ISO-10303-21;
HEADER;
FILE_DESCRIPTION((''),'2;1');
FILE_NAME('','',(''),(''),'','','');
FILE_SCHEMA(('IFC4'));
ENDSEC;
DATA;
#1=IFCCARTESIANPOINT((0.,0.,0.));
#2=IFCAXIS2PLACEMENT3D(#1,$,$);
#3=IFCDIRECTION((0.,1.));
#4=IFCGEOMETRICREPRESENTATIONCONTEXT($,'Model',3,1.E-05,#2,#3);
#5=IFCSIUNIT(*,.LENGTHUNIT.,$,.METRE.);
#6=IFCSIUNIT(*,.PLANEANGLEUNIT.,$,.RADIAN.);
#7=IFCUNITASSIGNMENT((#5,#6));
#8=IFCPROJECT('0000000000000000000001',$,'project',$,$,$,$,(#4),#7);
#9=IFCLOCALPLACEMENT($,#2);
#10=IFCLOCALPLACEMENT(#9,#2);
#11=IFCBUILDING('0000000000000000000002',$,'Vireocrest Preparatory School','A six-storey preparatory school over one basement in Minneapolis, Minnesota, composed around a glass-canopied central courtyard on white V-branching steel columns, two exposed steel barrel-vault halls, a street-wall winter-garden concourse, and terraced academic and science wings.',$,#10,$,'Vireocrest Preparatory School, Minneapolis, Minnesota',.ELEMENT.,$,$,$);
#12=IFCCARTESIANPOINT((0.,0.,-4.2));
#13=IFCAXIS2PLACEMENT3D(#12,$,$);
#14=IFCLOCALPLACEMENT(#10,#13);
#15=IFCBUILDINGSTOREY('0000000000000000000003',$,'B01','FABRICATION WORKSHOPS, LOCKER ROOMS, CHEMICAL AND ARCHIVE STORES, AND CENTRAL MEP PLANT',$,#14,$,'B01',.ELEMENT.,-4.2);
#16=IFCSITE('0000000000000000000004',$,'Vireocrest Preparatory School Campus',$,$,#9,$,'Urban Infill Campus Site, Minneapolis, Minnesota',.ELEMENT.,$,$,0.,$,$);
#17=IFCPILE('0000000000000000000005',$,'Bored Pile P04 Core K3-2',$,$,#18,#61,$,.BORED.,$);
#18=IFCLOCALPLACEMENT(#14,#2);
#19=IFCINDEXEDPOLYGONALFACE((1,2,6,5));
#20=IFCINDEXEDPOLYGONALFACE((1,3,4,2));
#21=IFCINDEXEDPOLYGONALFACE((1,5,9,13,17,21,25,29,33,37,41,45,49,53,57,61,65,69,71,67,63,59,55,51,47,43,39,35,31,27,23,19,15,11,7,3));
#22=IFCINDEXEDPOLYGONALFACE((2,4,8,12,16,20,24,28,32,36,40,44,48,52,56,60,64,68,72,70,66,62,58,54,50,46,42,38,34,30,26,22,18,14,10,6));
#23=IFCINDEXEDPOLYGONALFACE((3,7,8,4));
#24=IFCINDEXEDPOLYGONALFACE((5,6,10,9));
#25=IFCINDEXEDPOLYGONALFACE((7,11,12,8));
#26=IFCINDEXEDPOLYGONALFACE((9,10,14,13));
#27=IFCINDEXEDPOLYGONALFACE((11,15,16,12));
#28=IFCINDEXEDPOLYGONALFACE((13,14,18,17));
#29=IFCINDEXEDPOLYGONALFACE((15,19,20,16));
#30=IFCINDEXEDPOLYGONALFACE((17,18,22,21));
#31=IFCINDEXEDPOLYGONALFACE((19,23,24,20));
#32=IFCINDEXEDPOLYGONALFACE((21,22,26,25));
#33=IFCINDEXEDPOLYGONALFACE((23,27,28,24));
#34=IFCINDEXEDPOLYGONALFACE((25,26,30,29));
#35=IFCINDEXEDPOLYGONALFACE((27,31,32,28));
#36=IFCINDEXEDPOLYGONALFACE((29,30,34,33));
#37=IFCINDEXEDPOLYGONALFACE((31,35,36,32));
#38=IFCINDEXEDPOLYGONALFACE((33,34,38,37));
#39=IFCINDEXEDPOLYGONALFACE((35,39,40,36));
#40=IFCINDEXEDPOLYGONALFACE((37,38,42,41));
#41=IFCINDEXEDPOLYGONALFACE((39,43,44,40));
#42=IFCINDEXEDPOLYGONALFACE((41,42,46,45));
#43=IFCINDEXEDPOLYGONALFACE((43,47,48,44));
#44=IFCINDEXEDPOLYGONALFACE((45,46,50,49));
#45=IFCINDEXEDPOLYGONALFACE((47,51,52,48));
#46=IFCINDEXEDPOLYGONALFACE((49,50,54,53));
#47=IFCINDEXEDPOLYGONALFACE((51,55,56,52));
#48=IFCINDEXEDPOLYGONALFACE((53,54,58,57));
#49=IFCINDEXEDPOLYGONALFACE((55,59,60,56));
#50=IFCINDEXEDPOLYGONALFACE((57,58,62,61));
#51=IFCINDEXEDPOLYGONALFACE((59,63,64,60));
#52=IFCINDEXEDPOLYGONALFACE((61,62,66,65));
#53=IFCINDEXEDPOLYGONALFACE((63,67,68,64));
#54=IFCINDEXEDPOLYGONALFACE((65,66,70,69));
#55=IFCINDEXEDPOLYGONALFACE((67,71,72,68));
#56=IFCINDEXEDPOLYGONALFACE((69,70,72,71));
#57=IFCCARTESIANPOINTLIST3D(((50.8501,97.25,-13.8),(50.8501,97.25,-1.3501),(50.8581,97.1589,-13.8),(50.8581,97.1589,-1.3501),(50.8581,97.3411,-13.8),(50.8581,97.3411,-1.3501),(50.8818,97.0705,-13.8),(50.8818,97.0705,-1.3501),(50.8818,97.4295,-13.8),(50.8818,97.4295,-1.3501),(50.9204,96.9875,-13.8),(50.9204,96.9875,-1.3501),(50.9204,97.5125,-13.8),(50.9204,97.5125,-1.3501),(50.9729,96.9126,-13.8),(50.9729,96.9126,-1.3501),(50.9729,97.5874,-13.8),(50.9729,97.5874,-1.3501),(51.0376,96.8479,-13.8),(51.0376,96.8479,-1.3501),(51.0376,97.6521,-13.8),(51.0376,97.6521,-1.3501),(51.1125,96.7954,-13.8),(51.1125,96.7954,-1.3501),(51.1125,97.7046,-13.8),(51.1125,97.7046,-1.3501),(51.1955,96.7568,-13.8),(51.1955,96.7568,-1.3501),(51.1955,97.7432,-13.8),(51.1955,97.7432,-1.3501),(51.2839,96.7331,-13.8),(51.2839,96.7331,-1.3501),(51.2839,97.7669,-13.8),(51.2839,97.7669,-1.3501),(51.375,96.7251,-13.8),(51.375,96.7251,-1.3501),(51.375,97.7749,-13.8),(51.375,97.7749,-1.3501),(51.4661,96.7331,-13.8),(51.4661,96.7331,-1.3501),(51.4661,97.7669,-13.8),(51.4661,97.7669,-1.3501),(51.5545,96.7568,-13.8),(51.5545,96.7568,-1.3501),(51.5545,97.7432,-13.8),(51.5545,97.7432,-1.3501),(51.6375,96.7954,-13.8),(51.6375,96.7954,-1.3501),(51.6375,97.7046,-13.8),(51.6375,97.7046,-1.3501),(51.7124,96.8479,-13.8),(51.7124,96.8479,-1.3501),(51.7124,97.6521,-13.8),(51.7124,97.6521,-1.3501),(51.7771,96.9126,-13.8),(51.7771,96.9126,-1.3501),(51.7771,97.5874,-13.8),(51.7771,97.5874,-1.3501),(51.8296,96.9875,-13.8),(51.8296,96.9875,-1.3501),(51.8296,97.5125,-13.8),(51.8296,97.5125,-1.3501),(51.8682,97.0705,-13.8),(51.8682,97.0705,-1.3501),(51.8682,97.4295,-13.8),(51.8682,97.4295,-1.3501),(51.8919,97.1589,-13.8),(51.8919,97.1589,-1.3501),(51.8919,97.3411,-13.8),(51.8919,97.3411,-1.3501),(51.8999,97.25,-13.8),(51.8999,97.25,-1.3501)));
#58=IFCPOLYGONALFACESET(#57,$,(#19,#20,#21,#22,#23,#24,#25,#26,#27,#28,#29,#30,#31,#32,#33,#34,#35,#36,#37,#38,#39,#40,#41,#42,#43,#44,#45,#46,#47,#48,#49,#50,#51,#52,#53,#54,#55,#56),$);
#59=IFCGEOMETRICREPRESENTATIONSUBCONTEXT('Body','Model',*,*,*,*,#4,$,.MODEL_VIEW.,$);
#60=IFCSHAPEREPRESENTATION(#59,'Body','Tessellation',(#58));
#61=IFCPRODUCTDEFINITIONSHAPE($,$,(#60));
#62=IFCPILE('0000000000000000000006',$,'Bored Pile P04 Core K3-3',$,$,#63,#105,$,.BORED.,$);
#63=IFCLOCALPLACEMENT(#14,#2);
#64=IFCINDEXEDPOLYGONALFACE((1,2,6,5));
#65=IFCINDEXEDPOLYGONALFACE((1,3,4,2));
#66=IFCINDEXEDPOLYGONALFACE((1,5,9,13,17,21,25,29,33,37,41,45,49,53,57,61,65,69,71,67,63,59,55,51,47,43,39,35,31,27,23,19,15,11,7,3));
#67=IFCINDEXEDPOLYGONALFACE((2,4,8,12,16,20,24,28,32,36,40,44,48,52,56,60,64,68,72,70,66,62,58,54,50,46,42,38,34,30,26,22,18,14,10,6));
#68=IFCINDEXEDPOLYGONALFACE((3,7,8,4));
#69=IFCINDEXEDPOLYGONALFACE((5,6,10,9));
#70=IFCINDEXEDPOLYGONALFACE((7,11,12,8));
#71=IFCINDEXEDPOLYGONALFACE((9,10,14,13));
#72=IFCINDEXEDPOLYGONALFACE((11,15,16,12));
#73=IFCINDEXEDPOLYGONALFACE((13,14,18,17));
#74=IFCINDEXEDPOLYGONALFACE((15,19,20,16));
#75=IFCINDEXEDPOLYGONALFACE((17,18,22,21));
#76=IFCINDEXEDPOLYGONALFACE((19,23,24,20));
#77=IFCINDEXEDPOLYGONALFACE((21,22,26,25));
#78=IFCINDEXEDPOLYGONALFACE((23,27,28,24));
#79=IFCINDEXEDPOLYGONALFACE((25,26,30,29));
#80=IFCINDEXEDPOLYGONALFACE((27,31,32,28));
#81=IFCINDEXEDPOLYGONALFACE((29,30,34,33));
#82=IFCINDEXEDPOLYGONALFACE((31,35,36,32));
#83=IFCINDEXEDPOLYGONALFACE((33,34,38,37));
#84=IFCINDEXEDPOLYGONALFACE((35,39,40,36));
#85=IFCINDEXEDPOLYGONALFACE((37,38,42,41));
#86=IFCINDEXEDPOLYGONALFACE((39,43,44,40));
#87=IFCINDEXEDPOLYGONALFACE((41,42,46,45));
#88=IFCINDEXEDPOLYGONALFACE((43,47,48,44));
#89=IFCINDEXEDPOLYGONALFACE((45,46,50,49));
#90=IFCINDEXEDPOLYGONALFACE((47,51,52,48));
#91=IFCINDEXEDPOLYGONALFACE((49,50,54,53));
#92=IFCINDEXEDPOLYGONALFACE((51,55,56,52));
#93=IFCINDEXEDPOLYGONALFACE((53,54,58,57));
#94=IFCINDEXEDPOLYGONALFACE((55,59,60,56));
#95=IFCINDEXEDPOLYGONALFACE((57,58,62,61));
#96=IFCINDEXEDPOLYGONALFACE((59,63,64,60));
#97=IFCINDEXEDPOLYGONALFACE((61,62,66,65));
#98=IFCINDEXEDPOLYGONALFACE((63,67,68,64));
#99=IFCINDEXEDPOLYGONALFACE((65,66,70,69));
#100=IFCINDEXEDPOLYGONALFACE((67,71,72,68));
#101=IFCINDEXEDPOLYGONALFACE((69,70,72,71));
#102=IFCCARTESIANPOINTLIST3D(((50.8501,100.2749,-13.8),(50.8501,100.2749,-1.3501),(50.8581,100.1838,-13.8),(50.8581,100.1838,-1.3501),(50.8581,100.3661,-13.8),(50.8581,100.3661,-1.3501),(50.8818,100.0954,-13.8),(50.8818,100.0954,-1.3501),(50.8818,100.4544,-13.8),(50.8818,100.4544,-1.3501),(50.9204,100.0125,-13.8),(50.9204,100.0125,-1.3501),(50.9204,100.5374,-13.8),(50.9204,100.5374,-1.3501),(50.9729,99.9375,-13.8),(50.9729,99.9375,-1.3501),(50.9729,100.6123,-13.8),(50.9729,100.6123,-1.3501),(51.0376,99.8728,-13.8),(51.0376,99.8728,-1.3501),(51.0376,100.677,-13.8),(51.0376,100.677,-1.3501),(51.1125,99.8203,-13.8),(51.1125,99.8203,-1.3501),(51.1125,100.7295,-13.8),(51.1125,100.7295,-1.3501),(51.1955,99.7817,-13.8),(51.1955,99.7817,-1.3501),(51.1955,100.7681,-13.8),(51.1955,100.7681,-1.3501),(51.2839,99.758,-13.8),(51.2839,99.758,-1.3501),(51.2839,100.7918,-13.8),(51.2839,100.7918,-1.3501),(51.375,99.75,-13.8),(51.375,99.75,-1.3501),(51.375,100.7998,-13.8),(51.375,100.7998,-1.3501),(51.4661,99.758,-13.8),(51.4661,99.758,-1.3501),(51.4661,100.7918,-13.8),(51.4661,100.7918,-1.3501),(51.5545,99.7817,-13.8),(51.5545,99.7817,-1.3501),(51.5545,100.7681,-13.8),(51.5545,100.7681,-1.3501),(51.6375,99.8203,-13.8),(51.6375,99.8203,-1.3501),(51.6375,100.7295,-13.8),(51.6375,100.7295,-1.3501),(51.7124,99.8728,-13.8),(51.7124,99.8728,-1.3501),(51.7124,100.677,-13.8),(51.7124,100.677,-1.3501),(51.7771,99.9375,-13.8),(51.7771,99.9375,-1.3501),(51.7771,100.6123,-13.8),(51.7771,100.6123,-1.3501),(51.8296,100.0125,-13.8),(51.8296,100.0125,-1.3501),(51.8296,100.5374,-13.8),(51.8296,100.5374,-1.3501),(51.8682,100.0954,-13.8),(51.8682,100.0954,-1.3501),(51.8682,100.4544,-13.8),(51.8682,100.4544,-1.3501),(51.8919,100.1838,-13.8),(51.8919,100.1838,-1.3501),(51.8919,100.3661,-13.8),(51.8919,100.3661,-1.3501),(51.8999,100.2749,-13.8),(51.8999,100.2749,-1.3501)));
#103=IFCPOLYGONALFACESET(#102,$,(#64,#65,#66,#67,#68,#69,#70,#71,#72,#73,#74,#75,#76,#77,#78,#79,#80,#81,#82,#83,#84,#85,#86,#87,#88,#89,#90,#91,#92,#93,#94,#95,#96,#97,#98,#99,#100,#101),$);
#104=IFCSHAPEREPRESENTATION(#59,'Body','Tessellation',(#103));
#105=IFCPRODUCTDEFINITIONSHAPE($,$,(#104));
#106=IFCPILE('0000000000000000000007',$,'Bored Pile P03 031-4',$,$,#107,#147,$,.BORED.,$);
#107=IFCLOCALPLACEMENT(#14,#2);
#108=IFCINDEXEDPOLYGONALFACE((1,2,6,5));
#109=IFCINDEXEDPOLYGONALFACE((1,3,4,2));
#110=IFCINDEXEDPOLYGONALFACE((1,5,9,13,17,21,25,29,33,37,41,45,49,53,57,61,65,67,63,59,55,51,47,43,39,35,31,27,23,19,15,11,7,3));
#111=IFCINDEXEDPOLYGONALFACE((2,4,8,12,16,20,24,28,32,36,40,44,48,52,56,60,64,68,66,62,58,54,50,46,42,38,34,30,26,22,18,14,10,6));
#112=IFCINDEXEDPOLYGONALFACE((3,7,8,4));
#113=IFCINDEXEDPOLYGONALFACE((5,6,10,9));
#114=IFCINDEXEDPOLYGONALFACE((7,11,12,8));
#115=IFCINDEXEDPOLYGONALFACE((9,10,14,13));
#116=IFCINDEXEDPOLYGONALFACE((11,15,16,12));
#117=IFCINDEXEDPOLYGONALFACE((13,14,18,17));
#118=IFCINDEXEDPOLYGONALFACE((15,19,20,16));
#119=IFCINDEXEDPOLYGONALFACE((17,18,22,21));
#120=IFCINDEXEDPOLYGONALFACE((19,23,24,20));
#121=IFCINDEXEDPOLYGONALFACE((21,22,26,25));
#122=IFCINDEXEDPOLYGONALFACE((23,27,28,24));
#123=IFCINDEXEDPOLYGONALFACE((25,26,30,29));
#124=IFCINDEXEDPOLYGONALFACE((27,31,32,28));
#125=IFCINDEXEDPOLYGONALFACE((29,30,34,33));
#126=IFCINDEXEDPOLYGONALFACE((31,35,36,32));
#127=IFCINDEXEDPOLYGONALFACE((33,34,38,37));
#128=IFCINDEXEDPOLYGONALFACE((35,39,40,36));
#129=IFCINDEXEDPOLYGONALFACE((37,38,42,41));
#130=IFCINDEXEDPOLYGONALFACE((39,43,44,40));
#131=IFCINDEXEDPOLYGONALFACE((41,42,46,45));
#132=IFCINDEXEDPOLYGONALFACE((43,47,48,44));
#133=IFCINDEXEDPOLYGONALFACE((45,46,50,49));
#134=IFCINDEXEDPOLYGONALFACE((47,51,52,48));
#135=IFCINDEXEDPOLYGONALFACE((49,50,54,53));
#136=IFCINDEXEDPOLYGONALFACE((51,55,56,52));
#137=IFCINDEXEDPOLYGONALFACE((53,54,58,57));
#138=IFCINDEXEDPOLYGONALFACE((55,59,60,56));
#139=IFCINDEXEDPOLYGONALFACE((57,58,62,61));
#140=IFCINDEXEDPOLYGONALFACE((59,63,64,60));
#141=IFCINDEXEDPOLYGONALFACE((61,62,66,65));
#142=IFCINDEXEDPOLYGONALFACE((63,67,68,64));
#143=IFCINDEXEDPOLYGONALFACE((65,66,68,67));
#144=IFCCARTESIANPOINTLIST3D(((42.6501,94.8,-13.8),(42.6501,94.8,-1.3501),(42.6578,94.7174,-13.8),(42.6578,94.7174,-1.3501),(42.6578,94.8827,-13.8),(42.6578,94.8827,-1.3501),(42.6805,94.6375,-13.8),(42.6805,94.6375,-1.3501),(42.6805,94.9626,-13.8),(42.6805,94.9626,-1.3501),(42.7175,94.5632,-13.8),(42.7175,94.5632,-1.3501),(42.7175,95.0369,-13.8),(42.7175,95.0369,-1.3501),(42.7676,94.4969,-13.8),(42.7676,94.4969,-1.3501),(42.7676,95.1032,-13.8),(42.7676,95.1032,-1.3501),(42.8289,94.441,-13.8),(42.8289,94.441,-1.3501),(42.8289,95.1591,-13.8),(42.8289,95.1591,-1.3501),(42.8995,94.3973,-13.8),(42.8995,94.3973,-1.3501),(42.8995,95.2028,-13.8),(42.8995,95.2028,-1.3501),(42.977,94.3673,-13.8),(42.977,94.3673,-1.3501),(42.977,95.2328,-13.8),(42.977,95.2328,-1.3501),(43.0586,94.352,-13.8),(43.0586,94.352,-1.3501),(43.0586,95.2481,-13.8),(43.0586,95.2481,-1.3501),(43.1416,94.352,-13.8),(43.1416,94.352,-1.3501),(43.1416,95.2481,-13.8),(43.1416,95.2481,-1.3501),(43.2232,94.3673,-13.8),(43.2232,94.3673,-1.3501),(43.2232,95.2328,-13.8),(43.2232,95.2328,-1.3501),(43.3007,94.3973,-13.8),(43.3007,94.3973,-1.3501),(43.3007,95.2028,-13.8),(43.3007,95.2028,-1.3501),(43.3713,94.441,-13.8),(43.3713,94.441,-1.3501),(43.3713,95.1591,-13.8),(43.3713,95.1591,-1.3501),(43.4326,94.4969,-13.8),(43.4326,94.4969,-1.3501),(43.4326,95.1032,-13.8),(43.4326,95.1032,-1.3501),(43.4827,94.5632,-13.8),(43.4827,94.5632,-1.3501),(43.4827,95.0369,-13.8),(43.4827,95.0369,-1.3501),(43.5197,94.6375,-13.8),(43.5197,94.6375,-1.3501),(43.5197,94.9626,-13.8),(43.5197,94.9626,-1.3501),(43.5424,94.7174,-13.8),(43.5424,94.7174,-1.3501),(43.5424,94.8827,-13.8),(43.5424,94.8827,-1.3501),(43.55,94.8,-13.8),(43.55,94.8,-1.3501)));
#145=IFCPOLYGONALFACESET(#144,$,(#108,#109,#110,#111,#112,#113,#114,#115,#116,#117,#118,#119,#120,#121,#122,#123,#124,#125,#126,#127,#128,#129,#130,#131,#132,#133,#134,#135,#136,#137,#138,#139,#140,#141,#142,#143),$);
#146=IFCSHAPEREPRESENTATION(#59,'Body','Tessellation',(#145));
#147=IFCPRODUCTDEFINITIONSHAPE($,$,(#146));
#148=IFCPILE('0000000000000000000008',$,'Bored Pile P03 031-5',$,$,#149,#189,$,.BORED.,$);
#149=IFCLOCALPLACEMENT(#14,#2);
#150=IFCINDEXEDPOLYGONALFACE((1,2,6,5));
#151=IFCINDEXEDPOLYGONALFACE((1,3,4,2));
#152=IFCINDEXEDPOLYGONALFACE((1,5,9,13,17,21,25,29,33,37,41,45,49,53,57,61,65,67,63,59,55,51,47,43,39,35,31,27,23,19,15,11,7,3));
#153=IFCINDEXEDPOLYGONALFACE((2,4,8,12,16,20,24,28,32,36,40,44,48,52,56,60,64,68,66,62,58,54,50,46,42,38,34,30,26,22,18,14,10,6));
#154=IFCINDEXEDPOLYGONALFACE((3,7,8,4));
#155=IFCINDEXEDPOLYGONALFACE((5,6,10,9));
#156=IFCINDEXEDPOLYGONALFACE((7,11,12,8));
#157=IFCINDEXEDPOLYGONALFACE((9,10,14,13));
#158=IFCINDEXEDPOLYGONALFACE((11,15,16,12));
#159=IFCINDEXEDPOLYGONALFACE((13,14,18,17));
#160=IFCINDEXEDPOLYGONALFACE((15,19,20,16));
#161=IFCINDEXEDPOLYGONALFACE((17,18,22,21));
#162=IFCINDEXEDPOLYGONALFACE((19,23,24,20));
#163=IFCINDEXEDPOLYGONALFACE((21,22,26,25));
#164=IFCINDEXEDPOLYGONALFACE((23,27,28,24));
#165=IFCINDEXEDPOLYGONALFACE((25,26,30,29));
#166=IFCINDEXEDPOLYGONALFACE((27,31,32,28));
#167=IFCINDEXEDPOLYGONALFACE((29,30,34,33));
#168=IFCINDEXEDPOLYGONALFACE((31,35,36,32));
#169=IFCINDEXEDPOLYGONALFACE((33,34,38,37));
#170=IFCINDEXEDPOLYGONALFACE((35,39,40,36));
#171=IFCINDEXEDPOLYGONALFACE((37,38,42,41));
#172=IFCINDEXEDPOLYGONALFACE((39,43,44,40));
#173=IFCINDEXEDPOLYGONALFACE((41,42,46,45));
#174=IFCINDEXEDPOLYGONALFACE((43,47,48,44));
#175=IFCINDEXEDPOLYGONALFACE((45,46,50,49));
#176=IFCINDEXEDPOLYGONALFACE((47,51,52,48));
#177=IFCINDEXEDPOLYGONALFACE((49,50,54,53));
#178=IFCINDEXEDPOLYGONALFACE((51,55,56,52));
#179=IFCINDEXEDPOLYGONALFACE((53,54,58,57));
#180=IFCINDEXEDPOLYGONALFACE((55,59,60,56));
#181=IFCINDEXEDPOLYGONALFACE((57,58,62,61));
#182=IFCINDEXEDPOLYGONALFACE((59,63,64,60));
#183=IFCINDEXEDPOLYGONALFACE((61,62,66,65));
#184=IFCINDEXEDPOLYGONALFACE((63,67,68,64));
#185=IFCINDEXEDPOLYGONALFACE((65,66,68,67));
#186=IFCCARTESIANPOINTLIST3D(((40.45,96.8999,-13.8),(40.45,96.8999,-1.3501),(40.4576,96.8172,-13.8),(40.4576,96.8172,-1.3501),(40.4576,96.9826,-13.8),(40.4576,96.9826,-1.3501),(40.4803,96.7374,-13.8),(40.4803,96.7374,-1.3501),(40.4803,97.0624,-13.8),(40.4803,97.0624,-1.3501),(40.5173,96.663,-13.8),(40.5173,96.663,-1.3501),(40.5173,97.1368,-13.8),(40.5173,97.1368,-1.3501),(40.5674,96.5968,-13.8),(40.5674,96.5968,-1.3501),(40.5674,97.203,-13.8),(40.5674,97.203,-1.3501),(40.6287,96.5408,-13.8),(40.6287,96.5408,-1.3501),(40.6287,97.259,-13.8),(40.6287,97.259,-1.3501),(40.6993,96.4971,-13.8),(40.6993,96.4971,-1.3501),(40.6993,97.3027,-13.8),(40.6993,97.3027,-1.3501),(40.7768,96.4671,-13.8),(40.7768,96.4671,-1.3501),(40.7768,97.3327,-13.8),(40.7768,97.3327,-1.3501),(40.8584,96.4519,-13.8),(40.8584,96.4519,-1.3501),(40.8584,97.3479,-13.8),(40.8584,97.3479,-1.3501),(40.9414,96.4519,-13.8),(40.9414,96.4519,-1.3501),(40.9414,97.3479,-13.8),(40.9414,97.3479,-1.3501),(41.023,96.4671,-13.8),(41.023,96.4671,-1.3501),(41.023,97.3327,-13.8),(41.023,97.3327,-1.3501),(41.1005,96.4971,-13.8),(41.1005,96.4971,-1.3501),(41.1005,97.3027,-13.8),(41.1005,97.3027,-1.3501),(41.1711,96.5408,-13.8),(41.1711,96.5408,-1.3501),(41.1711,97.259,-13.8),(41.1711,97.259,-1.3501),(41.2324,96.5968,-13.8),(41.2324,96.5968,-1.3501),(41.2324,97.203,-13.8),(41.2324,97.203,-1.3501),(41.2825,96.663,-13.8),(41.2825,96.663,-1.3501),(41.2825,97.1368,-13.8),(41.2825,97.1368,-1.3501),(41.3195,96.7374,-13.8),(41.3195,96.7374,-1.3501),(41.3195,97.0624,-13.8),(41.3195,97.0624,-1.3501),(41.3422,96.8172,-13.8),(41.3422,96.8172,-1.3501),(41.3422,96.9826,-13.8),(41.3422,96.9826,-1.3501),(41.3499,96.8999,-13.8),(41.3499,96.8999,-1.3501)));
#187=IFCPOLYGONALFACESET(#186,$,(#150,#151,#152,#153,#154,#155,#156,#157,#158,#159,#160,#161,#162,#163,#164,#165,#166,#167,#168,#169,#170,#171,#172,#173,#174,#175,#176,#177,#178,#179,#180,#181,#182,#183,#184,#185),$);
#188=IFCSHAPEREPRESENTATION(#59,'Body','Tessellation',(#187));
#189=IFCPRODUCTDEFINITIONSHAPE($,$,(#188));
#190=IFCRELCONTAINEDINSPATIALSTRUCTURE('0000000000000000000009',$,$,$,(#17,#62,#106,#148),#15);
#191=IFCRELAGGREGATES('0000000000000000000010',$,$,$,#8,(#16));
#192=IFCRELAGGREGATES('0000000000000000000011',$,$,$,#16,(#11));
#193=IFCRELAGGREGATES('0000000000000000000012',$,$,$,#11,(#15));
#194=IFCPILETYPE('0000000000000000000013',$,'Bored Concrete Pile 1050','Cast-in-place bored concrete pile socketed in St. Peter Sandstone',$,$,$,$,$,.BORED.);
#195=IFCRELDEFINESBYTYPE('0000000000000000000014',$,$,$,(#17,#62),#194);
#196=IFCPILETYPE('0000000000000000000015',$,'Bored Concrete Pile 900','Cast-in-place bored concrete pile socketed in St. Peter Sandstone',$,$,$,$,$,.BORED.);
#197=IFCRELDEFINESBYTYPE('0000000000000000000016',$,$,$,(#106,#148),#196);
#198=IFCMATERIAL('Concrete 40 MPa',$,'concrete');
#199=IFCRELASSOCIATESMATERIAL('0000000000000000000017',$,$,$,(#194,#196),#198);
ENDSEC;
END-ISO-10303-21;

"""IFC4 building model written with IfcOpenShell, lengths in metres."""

from ifc_helpers import new_model, si_unit, direction, frame, origin, origin_2d, place, context, subcontext, project, spatial, circle, extrude, material, material_profile, profile_set, type_object, element, save


model = new_model("IFC4")

# Units and contexts
model_context = context("Model", 3, precision=1e-05, world=origin(), true_north=direction((0.0, 1.0)))
body_context = subcontext(model_context, "Body", "Model", "MODEL_VIEW")
ifc_project = project(units=[si_unit("LENGTHUNIT", "METRE"), si_unit("PLANEANGLEUNIT", "RADIAN")], contexts=[model_context])

# Site, building, storey
site_placement = place(None, origin())
site = spatial("IfcSite", under=ifc_project, at=site_placement, Name="Vireocrest Preparatory School Campus", LongName="Urban Infill Campus Site, Minneapolis, Minnesota", CompositionType="ELEMENT", RefElevation=0.0)
building_placement = place(site_placement, origin())
building = spatial("IfcBuilding", under=site, at=building_placement, Name="Vireocrest Preparatory School", Description="A six-storey preparatory school over one basement in Minneapolis, Minnesota, composed around a glass-canopied central courtyard on white V-branching steel columns, two exposed steel barrel-vault halls, a street-wall winter-garden concourse, and terraced academic and science wings.", LongName="Vireocrest Preparatory School, Minneapolis, Minnesota", CompositionType="ELEMENT")
storey_placement = place(building_placement, frame((0.0, 0.0, -4.2)))
storey = spatial("IfcBuildingStorey", under=building, at=storey_placement, Name="B01", Description="FABRICATION WORKSHOPS, LOCKER ROOMS, CHEMICAL AND ARCHIVE STORES, AND CENTRAL MEP PLANT", LongName="B01", CompositionType="ELEMENT", Elevation=-4.2)

# Piles
ifc_material_1 = material(Name="Concrete 40 MPa", Category="concrete")
ifc_material_profile_1 = material_profile(ifc_material_1, circle(Radius=0.5249, at=origin_2d()), Name="BORED PILE 1050")
ifc_profile_set_1 = profile_set([ifc_material_profile_1], Name="Concrete 40 MPa")
pile_type_1 = type_object("IfcPileType", Name="Bored Concrete Pile 1050", Description="Cast-in-place bored concrete pile socketed in St. Peter Sandstone", PredefinedType="BORED", material=ifc_profile_set_1)
for number, where, z_axis, x_axis, name in (
    (1, (51.375, 97.25, -1.3501), (0.0, 0.0, -1.0), (1.0, 0.0, 0.0), "Bored Pile P04 Core K3-2"),
    (2, (51.375, 100.2749, -1.3501), (0.0, 0.0, -1.0), (1.0, 0.0, 0.0), "Bored Pile P04 Core K3-3"),
):
    element("IfcPile", number, at=place(storey_placement, frame(where, z_axis=z_axis, x_axis=x_axis)), inside=storey, type_object=pile_type_1, Name=name, PredefinedType="BORED", context=body_context, shape_type="SweptSolid", body=[
        extrude(circle(Radius=0.5249, at=origin_2d()), origin(), (0.0, 0.0, 1.0), 12.45),
    ])
ifc_material_profile_2 = material_profile(ifc_material_1, circle(Radius=0.45, at=origin_2d()), Name="BORED PILE 900")
ifc_profile_set_2 = profile_set([ifc_material_profile_2], Name="Concrete 40 MPa")
pile_type_2 = type_object("IfcPileType", Name="Bored Concrete Pile 900", Description="Cast-in-place bored concrete pile socketed in St. Peter Sandstone", PredefinedType="BORED", material=ifc_profile_set_2)
for number, where, z_axis, x_axis, name in (
    (3, (43.1001, 94.8, -1.3501), (0.0, 0.0, -1.0), (1.0, 0.0, 0.0), "Bored Pile P03 031-4"),
    (4, (40.8999, 96.8999, -1.3501), (0.0, 0.0, -1.0), (1.0, 0.0, 0.0), "Bored Pile P03 031-5"),
):
    element("IfcPile", number, at=place(storey_placement, frame(where, z_axis=z_axis, x_axis=x_axis)), inside=storey, type_object=pile_type_2, Name=name, PredefinedType="BORED", context=body_context, shape_type="SweptSolid", body=[
        extrude(circle(Radius=0.45, at=origin_2d()), origin(), (0.0, 0.0, 1.0), 12.45),
    ])

save(model, "model.ifc")
